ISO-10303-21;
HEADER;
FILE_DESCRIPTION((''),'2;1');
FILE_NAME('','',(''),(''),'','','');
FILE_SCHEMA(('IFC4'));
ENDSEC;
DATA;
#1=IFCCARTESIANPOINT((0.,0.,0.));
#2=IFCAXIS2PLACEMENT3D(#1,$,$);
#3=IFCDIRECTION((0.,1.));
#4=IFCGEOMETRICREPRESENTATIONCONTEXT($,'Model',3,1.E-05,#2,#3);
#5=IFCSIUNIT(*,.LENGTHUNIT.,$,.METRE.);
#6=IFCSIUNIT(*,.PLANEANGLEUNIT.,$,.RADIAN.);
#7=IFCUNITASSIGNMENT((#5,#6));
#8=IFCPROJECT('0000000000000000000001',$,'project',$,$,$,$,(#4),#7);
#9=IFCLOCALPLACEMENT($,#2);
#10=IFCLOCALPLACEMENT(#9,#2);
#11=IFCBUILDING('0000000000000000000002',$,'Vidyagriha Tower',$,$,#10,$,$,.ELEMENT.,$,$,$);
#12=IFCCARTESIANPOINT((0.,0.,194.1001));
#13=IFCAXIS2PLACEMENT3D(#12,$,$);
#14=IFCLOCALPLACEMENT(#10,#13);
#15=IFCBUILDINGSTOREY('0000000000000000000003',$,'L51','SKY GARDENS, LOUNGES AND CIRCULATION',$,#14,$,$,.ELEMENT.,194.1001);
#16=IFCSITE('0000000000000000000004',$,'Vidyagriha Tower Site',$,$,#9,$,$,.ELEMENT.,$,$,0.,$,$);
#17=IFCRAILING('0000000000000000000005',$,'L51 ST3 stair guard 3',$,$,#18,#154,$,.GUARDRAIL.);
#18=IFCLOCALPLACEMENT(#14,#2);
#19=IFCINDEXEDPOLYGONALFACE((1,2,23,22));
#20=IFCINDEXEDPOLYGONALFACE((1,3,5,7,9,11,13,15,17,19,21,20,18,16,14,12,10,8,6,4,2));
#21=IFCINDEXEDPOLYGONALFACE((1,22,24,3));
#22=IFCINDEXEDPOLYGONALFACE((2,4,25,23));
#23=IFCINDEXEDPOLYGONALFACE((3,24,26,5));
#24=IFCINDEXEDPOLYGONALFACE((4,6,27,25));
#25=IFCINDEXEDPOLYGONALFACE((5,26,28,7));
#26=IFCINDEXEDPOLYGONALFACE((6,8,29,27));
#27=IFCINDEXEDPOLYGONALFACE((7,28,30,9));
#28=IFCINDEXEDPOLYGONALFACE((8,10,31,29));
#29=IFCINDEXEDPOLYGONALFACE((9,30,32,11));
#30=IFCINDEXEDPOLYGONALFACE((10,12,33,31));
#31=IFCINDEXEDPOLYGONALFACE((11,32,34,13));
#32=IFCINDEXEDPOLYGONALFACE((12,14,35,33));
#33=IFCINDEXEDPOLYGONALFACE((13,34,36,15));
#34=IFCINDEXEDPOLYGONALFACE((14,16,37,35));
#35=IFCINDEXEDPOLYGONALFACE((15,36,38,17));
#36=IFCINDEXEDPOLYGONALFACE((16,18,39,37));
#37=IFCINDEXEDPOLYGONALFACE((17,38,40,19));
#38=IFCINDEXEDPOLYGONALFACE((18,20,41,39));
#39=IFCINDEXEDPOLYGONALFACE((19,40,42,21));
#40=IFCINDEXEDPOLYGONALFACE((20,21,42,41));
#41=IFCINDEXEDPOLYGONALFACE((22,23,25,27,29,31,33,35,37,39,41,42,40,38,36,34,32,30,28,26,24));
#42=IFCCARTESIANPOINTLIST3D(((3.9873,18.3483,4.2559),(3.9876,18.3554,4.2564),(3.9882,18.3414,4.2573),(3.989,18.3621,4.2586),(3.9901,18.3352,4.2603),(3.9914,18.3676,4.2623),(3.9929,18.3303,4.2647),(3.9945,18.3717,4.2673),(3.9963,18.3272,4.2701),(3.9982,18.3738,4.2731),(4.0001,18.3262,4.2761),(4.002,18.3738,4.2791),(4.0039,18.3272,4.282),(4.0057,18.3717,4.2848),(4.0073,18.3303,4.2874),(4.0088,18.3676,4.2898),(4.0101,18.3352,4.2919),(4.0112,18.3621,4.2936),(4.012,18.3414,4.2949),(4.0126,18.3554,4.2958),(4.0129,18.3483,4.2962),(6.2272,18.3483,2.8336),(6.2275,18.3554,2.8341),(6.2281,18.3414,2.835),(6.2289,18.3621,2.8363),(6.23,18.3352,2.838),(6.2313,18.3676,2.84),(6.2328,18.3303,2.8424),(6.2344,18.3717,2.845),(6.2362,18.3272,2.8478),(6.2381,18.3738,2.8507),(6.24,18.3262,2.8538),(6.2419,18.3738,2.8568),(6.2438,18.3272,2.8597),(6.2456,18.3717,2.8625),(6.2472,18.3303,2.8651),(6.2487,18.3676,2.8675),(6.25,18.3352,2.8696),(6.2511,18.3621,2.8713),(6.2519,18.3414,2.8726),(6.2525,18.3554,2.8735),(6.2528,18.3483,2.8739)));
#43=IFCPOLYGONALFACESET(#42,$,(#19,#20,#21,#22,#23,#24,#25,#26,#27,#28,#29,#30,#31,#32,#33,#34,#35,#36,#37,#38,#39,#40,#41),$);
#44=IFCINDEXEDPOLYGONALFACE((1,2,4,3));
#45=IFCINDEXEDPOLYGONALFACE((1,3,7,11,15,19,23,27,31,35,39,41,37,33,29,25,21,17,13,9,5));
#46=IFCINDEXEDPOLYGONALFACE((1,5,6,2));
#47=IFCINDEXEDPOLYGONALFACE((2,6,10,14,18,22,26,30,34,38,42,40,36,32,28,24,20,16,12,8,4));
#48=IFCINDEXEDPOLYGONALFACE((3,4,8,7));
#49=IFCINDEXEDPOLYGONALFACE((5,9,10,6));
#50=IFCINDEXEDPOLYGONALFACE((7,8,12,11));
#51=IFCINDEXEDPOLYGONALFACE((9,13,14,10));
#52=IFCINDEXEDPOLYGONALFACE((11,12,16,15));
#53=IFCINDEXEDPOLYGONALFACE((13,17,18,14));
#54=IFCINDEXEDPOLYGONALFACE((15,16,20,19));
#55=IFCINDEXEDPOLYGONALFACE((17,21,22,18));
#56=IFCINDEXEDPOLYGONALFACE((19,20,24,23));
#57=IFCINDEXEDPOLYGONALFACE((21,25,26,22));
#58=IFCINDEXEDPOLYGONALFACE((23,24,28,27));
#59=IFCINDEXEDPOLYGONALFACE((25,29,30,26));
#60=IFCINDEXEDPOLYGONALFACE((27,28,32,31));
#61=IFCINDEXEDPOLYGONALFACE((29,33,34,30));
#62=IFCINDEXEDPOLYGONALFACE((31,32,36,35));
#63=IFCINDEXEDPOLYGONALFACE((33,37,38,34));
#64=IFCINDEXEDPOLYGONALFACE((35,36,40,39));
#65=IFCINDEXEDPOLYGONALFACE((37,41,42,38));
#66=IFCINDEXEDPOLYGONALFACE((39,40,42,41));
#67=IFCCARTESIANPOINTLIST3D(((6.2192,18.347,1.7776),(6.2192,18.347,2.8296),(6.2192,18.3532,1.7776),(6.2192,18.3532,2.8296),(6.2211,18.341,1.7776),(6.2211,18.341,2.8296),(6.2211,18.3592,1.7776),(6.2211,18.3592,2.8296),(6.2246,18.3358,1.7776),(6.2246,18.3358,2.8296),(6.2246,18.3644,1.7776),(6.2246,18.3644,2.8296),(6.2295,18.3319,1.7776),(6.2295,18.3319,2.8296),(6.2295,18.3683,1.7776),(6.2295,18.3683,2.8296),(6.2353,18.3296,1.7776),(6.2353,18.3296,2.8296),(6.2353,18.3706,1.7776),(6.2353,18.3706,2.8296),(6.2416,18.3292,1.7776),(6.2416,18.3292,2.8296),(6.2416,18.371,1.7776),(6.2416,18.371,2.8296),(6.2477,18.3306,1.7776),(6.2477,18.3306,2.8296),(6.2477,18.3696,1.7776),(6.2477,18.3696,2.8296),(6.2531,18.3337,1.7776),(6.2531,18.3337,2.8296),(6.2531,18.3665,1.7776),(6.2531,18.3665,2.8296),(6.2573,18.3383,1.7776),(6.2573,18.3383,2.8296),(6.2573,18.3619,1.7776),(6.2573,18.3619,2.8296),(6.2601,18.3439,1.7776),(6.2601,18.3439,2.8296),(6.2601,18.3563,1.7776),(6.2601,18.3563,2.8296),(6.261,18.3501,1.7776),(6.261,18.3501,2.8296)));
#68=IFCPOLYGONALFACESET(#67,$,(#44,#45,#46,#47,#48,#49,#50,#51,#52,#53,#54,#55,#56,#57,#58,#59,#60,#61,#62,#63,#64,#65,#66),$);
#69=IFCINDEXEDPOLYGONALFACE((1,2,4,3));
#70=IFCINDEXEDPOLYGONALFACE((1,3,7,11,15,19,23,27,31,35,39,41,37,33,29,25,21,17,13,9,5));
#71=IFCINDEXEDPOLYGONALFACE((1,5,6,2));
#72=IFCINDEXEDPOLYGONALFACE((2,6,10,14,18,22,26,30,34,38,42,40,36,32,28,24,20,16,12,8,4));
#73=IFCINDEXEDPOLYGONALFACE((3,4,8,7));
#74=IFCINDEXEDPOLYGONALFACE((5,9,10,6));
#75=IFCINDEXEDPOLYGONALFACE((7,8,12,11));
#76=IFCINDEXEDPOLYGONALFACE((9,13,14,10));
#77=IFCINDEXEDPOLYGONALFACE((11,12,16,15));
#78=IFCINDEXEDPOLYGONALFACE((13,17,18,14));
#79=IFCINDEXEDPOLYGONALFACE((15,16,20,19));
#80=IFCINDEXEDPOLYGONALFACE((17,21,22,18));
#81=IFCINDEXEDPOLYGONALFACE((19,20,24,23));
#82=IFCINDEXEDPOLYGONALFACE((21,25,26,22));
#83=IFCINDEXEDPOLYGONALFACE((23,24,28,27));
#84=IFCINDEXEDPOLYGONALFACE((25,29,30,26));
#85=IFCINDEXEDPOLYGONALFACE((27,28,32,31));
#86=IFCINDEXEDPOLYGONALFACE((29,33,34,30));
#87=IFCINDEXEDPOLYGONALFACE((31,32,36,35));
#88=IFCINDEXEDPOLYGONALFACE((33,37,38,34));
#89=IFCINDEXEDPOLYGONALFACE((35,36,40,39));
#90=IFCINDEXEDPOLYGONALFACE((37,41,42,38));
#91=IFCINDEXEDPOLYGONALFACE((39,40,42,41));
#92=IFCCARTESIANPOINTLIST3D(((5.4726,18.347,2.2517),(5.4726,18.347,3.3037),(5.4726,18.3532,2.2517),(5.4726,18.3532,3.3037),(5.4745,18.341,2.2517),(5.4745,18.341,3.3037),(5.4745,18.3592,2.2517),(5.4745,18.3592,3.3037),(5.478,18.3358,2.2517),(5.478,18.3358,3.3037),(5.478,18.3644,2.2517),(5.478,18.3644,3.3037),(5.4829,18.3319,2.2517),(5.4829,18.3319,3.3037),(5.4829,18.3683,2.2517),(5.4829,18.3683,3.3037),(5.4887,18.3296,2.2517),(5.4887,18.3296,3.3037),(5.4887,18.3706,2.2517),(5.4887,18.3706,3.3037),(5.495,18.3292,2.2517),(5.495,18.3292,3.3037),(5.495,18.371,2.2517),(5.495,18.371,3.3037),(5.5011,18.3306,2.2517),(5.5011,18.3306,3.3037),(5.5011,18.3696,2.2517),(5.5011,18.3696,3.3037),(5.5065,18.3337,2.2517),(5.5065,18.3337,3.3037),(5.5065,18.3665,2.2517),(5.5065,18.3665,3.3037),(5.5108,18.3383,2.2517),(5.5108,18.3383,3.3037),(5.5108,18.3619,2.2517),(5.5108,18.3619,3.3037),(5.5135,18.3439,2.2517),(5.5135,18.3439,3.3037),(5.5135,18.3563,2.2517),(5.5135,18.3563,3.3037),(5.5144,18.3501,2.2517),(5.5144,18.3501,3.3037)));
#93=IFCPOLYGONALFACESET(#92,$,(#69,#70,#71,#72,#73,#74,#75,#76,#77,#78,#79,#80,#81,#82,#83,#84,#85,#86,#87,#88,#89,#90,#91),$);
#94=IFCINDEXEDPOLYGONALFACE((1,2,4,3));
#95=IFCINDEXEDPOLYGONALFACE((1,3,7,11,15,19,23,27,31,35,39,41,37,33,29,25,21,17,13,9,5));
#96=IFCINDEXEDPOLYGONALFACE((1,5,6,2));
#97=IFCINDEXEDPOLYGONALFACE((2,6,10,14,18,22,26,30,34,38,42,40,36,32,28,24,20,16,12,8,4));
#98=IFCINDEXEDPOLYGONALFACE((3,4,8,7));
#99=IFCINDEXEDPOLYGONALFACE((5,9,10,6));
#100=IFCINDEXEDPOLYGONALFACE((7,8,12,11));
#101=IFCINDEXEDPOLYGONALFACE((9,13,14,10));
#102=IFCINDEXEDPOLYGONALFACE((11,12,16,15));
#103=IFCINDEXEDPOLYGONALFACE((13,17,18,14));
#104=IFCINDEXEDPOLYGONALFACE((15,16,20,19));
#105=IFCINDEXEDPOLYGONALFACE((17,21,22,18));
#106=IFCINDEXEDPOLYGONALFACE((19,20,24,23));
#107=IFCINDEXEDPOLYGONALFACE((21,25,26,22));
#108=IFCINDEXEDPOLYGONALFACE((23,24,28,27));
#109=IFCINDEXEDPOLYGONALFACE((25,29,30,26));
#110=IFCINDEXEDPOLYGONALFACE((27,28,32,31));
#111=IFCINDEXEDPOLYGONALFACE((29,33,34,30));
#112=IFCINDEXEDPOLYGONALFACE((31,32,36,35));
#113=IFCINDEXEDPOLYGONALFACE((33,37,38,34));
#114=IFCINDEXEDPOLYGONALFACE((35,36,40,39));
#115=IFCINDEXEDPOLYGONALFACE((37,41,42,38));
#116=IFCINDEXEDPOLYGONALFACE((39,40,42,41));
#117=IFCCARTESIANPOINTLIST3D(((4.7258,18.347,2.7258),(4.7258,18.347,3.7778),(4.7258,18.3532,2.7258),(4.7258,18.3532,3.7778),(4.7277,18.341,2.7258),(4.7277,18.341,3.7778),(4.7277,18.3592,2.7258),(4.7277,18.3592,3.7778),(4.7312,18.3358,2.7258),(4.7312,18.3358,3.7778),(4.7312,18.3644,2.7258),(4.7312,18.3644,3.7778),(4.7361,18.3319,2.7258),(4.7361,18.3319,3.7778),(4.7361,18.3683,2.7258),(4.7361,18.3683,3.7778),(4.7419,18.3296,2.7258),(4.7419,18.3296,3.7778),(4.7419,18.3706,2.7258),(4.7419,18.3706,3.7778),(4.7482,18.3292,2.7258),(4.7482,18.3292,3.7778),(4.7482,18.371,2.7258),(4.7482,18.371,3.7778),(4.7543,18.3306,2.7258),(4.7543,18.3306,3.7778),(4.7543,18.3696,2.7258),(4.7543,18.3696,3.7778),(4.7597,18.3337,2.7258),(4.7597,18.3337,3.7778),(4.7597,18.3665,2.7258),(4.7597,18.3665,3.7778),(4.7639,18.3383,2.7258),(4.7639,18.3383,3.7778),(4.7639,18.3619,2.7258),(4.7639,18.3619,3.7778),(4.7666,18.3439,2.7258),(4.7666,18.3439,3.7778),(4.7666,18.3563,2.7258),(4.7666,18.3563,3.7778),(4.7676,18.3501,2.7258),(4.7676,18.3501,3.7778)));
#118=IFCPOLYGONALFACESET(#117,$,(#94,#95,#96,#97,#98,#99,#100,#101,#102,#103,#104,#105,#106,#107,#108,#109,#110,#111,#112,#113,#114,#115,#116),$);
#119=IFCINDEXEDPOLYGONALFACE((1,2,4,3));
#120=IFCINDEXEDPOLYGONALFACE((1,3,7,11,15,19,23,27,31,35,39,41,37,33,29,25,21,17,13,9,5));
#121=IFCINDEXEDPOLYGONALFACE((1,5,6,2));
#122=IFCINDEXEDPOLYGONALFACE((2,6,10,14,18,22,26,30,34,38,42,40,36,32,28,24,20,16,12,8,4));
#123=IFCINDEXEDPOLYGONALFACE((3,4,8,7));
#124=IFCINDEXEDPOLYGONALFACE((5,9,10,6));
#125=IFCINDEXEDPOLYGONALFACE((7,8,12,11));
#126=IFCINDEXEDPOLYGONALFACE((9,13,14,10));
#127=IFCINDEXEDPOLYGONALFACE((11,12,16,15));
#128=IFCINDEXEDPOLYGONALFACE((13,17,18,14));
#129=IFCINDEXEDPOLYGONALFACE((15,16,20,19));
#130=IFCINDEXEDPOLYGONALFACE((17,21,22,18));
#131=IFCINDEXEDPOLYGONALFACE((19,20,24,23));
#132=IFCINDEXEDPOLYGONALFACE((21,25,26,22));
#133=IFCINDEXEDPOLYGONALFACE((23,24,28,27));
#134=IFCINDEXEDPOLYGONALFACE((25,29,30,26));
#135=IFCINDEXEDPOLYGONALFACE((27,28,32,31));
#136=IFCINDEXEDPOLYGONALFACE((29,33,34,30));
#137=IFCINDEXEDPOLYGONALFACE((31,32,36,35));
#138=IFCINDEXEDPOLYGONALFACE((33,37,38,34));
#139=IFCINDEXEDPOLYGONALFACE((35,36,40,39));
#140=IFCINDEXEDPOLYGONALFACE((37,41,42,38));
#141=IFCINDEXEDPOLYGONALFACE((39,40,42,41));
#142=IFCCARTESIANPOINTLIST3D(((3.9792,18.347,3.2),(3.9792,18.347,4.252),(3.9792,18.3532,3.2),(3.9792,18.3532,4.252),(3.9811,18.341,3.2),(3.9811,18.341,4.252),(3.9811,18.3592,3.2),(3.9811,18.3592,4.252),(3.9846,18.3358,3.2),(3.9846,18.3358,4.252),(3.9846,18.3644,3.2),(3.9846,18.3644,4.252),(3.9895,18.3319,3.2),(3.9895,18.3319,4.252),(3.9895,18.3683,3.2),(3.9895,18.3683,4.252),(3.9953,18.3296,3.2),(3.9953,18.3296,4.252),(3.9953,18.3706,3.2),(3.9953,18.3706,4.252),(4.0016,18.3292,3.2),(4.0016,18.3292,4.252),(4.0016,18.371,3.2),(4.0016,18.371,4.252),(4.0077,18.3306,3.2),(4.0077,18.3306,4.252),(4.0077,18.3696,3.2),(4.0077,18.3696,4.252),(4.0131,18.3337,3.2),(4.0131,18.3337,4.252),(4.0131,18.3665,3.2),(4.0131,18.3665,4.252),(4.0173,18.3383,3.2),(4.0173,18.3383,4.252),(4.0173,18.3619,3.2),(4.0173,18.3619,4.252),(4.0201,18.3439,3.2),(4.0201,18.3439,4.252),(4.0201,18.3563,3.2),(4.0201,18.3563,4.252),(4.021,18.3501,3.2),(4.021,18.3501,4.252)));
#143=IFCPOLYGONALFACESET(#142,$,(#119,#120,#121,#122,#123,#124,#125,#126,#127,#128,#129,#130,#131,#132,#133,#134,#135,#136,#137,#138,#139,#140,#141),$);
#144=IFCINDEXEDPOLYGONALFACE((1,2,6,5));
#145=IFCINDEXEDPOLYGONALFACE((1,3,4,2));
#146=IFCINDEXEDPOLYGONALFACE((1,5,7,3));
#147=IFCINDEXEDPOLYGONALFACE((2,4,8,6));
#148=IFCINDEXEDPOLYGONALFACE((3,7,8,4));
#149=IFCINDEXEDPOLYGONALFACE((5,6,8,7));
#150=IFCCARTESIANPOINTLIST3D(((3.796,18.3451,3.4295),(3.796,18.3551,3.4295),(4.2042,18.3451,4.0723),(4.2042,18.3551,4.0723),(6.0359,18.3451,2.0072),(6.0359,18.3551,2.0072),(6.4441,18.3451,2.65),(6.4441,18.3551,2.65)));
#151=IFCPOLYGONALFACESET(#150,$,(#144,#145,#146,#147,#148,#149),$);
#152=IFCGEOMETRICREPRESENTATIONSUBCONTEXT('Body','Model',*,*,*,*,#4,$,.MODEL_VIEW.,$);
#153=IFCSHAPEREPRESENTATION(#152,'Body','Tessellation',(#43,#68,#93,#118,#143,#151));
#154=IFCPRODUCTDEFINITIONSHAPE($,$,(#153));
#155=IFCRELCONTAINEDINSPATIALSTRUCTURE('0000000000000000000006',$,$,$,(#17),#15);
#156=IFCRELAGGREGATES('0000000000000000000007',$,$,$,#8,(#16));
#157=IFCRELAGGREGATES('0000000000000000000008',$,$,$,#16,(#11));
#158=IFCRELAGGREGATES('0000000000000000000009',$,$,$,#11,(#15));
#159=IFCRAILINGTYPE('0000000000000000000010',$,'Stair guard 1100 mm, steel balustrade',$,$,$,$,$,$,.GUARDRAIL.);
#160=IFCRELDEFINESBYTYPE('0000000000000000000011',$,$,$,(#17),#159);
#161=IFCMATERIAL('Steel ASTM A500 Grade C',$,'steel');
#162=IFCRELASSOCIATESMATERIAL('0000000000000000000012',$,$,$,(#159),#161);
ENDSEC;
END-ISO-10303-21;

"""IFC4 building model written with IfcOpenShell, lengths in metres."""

from ifc_helpers import new_model, si_unit, direction, frame, origin, origin_2d, place, context, subcontext, project, spatial, rectangle, circle, extrude, material, type_object, element, save


model = new_model("IFC4")

# Units and contexts
model_context = context("Model", 3, precision=1e-05, world=origin(), true_north=direction((0.0, 1.0)))
body_context = subcontext(model_context, "Body", "Model", "MODEL_VIEW")
ifc_project = project(units=[si_unit("LENGTHUNIT", "METRE"), si_unit("PLANEANGLEUNIT", "RADIAN")], contexts=[model_context])

# Site, building, storey
site_placement = place(None, origin())
site = spatial("IfcSite", under=ifc_project, at=site_placement, Name="Vidyagriha Tower Site", CompositionType="ELEMENT", RefElevation=0.0)
building_placement = place(site_placement, origin())
building = spatial("IfcBuilding", under=site, at=building_placement, Name="Vidyagriha Tower", CompositionType="ELEMENT")
storey_placement = place(building_placement, frame((0.0, 0.0, 194.1001)))
storey = spatial("IfcBuildingStorey", under=building, at=storey_placement, Name="L51", Description="SKY GARDENS, LOUNGES AND CIRCULATION", CompositionType="ELEMENT", Elevation=194.1001)

# Railing
ifc_material_1 = material(Name="Steel ASTM A500 Grade C", Category="steel")
railing_type_1 = type_object("IfcRailingType", Name="Stair guard 1100 mm, steel balustrade", PredefinedType="GUARDRAIL", material=ifc_material_1)
railing_1_placement = place(storey_placement, frame((6.24, 18.3501, 1.7776)))
element("IfcRailing", 1, at=railing_1_placement, inside=storey, type_object=railing_type_1, Name="L51 ST3 stair guard 3", PredefinedType="GUARDRAIL", context=body_context, shape_type="SweptSolid", body=[
    extrude(circle(Radius=0.0239, at=origin_2d()), frame((0.0, 0.0, 1.0762), z_axis=(-0.844188, 0.0, 0.536048), x_axis=(0.0, -1.0, 0.0)), (0.0, 0.0, 1.0), 2.6533),
    extrude(circle(Radius=0.021, at=origin_2d()), origin(), (0.0, 0.0, 1.0), 1.052),
    extrude(circle(Radius=0.021, at=origin_2d()), frame((-0.7466, 0.0, 0.4741)), (0.0, 0.0, 1.0), 1.052),
    extrude(circle(Radius=0.021, at=origin_2d()), frame((-1.4934, 0.0, 0.9482)), (0.0, 0.0, 1.0), 1.052),
    extrude(circle(Radius=0.021, at=origin_2d()), frame((-2.24, 0.0, 1.4224)), (0.0, 0.0, 1.0), 1.052),
    extrude(rectangle(XDim=0.01, YDim=0.7615, at=origin_2d()), frame((0.0, 0.0, 0.551), z_axis=(-0.844188, 0.0, 0.536048), x_axis=(0.0, -1.0, 0.0)), (0.0, 0.0, 1.0), 2.6533),
])

save(model, "model.ifc")
